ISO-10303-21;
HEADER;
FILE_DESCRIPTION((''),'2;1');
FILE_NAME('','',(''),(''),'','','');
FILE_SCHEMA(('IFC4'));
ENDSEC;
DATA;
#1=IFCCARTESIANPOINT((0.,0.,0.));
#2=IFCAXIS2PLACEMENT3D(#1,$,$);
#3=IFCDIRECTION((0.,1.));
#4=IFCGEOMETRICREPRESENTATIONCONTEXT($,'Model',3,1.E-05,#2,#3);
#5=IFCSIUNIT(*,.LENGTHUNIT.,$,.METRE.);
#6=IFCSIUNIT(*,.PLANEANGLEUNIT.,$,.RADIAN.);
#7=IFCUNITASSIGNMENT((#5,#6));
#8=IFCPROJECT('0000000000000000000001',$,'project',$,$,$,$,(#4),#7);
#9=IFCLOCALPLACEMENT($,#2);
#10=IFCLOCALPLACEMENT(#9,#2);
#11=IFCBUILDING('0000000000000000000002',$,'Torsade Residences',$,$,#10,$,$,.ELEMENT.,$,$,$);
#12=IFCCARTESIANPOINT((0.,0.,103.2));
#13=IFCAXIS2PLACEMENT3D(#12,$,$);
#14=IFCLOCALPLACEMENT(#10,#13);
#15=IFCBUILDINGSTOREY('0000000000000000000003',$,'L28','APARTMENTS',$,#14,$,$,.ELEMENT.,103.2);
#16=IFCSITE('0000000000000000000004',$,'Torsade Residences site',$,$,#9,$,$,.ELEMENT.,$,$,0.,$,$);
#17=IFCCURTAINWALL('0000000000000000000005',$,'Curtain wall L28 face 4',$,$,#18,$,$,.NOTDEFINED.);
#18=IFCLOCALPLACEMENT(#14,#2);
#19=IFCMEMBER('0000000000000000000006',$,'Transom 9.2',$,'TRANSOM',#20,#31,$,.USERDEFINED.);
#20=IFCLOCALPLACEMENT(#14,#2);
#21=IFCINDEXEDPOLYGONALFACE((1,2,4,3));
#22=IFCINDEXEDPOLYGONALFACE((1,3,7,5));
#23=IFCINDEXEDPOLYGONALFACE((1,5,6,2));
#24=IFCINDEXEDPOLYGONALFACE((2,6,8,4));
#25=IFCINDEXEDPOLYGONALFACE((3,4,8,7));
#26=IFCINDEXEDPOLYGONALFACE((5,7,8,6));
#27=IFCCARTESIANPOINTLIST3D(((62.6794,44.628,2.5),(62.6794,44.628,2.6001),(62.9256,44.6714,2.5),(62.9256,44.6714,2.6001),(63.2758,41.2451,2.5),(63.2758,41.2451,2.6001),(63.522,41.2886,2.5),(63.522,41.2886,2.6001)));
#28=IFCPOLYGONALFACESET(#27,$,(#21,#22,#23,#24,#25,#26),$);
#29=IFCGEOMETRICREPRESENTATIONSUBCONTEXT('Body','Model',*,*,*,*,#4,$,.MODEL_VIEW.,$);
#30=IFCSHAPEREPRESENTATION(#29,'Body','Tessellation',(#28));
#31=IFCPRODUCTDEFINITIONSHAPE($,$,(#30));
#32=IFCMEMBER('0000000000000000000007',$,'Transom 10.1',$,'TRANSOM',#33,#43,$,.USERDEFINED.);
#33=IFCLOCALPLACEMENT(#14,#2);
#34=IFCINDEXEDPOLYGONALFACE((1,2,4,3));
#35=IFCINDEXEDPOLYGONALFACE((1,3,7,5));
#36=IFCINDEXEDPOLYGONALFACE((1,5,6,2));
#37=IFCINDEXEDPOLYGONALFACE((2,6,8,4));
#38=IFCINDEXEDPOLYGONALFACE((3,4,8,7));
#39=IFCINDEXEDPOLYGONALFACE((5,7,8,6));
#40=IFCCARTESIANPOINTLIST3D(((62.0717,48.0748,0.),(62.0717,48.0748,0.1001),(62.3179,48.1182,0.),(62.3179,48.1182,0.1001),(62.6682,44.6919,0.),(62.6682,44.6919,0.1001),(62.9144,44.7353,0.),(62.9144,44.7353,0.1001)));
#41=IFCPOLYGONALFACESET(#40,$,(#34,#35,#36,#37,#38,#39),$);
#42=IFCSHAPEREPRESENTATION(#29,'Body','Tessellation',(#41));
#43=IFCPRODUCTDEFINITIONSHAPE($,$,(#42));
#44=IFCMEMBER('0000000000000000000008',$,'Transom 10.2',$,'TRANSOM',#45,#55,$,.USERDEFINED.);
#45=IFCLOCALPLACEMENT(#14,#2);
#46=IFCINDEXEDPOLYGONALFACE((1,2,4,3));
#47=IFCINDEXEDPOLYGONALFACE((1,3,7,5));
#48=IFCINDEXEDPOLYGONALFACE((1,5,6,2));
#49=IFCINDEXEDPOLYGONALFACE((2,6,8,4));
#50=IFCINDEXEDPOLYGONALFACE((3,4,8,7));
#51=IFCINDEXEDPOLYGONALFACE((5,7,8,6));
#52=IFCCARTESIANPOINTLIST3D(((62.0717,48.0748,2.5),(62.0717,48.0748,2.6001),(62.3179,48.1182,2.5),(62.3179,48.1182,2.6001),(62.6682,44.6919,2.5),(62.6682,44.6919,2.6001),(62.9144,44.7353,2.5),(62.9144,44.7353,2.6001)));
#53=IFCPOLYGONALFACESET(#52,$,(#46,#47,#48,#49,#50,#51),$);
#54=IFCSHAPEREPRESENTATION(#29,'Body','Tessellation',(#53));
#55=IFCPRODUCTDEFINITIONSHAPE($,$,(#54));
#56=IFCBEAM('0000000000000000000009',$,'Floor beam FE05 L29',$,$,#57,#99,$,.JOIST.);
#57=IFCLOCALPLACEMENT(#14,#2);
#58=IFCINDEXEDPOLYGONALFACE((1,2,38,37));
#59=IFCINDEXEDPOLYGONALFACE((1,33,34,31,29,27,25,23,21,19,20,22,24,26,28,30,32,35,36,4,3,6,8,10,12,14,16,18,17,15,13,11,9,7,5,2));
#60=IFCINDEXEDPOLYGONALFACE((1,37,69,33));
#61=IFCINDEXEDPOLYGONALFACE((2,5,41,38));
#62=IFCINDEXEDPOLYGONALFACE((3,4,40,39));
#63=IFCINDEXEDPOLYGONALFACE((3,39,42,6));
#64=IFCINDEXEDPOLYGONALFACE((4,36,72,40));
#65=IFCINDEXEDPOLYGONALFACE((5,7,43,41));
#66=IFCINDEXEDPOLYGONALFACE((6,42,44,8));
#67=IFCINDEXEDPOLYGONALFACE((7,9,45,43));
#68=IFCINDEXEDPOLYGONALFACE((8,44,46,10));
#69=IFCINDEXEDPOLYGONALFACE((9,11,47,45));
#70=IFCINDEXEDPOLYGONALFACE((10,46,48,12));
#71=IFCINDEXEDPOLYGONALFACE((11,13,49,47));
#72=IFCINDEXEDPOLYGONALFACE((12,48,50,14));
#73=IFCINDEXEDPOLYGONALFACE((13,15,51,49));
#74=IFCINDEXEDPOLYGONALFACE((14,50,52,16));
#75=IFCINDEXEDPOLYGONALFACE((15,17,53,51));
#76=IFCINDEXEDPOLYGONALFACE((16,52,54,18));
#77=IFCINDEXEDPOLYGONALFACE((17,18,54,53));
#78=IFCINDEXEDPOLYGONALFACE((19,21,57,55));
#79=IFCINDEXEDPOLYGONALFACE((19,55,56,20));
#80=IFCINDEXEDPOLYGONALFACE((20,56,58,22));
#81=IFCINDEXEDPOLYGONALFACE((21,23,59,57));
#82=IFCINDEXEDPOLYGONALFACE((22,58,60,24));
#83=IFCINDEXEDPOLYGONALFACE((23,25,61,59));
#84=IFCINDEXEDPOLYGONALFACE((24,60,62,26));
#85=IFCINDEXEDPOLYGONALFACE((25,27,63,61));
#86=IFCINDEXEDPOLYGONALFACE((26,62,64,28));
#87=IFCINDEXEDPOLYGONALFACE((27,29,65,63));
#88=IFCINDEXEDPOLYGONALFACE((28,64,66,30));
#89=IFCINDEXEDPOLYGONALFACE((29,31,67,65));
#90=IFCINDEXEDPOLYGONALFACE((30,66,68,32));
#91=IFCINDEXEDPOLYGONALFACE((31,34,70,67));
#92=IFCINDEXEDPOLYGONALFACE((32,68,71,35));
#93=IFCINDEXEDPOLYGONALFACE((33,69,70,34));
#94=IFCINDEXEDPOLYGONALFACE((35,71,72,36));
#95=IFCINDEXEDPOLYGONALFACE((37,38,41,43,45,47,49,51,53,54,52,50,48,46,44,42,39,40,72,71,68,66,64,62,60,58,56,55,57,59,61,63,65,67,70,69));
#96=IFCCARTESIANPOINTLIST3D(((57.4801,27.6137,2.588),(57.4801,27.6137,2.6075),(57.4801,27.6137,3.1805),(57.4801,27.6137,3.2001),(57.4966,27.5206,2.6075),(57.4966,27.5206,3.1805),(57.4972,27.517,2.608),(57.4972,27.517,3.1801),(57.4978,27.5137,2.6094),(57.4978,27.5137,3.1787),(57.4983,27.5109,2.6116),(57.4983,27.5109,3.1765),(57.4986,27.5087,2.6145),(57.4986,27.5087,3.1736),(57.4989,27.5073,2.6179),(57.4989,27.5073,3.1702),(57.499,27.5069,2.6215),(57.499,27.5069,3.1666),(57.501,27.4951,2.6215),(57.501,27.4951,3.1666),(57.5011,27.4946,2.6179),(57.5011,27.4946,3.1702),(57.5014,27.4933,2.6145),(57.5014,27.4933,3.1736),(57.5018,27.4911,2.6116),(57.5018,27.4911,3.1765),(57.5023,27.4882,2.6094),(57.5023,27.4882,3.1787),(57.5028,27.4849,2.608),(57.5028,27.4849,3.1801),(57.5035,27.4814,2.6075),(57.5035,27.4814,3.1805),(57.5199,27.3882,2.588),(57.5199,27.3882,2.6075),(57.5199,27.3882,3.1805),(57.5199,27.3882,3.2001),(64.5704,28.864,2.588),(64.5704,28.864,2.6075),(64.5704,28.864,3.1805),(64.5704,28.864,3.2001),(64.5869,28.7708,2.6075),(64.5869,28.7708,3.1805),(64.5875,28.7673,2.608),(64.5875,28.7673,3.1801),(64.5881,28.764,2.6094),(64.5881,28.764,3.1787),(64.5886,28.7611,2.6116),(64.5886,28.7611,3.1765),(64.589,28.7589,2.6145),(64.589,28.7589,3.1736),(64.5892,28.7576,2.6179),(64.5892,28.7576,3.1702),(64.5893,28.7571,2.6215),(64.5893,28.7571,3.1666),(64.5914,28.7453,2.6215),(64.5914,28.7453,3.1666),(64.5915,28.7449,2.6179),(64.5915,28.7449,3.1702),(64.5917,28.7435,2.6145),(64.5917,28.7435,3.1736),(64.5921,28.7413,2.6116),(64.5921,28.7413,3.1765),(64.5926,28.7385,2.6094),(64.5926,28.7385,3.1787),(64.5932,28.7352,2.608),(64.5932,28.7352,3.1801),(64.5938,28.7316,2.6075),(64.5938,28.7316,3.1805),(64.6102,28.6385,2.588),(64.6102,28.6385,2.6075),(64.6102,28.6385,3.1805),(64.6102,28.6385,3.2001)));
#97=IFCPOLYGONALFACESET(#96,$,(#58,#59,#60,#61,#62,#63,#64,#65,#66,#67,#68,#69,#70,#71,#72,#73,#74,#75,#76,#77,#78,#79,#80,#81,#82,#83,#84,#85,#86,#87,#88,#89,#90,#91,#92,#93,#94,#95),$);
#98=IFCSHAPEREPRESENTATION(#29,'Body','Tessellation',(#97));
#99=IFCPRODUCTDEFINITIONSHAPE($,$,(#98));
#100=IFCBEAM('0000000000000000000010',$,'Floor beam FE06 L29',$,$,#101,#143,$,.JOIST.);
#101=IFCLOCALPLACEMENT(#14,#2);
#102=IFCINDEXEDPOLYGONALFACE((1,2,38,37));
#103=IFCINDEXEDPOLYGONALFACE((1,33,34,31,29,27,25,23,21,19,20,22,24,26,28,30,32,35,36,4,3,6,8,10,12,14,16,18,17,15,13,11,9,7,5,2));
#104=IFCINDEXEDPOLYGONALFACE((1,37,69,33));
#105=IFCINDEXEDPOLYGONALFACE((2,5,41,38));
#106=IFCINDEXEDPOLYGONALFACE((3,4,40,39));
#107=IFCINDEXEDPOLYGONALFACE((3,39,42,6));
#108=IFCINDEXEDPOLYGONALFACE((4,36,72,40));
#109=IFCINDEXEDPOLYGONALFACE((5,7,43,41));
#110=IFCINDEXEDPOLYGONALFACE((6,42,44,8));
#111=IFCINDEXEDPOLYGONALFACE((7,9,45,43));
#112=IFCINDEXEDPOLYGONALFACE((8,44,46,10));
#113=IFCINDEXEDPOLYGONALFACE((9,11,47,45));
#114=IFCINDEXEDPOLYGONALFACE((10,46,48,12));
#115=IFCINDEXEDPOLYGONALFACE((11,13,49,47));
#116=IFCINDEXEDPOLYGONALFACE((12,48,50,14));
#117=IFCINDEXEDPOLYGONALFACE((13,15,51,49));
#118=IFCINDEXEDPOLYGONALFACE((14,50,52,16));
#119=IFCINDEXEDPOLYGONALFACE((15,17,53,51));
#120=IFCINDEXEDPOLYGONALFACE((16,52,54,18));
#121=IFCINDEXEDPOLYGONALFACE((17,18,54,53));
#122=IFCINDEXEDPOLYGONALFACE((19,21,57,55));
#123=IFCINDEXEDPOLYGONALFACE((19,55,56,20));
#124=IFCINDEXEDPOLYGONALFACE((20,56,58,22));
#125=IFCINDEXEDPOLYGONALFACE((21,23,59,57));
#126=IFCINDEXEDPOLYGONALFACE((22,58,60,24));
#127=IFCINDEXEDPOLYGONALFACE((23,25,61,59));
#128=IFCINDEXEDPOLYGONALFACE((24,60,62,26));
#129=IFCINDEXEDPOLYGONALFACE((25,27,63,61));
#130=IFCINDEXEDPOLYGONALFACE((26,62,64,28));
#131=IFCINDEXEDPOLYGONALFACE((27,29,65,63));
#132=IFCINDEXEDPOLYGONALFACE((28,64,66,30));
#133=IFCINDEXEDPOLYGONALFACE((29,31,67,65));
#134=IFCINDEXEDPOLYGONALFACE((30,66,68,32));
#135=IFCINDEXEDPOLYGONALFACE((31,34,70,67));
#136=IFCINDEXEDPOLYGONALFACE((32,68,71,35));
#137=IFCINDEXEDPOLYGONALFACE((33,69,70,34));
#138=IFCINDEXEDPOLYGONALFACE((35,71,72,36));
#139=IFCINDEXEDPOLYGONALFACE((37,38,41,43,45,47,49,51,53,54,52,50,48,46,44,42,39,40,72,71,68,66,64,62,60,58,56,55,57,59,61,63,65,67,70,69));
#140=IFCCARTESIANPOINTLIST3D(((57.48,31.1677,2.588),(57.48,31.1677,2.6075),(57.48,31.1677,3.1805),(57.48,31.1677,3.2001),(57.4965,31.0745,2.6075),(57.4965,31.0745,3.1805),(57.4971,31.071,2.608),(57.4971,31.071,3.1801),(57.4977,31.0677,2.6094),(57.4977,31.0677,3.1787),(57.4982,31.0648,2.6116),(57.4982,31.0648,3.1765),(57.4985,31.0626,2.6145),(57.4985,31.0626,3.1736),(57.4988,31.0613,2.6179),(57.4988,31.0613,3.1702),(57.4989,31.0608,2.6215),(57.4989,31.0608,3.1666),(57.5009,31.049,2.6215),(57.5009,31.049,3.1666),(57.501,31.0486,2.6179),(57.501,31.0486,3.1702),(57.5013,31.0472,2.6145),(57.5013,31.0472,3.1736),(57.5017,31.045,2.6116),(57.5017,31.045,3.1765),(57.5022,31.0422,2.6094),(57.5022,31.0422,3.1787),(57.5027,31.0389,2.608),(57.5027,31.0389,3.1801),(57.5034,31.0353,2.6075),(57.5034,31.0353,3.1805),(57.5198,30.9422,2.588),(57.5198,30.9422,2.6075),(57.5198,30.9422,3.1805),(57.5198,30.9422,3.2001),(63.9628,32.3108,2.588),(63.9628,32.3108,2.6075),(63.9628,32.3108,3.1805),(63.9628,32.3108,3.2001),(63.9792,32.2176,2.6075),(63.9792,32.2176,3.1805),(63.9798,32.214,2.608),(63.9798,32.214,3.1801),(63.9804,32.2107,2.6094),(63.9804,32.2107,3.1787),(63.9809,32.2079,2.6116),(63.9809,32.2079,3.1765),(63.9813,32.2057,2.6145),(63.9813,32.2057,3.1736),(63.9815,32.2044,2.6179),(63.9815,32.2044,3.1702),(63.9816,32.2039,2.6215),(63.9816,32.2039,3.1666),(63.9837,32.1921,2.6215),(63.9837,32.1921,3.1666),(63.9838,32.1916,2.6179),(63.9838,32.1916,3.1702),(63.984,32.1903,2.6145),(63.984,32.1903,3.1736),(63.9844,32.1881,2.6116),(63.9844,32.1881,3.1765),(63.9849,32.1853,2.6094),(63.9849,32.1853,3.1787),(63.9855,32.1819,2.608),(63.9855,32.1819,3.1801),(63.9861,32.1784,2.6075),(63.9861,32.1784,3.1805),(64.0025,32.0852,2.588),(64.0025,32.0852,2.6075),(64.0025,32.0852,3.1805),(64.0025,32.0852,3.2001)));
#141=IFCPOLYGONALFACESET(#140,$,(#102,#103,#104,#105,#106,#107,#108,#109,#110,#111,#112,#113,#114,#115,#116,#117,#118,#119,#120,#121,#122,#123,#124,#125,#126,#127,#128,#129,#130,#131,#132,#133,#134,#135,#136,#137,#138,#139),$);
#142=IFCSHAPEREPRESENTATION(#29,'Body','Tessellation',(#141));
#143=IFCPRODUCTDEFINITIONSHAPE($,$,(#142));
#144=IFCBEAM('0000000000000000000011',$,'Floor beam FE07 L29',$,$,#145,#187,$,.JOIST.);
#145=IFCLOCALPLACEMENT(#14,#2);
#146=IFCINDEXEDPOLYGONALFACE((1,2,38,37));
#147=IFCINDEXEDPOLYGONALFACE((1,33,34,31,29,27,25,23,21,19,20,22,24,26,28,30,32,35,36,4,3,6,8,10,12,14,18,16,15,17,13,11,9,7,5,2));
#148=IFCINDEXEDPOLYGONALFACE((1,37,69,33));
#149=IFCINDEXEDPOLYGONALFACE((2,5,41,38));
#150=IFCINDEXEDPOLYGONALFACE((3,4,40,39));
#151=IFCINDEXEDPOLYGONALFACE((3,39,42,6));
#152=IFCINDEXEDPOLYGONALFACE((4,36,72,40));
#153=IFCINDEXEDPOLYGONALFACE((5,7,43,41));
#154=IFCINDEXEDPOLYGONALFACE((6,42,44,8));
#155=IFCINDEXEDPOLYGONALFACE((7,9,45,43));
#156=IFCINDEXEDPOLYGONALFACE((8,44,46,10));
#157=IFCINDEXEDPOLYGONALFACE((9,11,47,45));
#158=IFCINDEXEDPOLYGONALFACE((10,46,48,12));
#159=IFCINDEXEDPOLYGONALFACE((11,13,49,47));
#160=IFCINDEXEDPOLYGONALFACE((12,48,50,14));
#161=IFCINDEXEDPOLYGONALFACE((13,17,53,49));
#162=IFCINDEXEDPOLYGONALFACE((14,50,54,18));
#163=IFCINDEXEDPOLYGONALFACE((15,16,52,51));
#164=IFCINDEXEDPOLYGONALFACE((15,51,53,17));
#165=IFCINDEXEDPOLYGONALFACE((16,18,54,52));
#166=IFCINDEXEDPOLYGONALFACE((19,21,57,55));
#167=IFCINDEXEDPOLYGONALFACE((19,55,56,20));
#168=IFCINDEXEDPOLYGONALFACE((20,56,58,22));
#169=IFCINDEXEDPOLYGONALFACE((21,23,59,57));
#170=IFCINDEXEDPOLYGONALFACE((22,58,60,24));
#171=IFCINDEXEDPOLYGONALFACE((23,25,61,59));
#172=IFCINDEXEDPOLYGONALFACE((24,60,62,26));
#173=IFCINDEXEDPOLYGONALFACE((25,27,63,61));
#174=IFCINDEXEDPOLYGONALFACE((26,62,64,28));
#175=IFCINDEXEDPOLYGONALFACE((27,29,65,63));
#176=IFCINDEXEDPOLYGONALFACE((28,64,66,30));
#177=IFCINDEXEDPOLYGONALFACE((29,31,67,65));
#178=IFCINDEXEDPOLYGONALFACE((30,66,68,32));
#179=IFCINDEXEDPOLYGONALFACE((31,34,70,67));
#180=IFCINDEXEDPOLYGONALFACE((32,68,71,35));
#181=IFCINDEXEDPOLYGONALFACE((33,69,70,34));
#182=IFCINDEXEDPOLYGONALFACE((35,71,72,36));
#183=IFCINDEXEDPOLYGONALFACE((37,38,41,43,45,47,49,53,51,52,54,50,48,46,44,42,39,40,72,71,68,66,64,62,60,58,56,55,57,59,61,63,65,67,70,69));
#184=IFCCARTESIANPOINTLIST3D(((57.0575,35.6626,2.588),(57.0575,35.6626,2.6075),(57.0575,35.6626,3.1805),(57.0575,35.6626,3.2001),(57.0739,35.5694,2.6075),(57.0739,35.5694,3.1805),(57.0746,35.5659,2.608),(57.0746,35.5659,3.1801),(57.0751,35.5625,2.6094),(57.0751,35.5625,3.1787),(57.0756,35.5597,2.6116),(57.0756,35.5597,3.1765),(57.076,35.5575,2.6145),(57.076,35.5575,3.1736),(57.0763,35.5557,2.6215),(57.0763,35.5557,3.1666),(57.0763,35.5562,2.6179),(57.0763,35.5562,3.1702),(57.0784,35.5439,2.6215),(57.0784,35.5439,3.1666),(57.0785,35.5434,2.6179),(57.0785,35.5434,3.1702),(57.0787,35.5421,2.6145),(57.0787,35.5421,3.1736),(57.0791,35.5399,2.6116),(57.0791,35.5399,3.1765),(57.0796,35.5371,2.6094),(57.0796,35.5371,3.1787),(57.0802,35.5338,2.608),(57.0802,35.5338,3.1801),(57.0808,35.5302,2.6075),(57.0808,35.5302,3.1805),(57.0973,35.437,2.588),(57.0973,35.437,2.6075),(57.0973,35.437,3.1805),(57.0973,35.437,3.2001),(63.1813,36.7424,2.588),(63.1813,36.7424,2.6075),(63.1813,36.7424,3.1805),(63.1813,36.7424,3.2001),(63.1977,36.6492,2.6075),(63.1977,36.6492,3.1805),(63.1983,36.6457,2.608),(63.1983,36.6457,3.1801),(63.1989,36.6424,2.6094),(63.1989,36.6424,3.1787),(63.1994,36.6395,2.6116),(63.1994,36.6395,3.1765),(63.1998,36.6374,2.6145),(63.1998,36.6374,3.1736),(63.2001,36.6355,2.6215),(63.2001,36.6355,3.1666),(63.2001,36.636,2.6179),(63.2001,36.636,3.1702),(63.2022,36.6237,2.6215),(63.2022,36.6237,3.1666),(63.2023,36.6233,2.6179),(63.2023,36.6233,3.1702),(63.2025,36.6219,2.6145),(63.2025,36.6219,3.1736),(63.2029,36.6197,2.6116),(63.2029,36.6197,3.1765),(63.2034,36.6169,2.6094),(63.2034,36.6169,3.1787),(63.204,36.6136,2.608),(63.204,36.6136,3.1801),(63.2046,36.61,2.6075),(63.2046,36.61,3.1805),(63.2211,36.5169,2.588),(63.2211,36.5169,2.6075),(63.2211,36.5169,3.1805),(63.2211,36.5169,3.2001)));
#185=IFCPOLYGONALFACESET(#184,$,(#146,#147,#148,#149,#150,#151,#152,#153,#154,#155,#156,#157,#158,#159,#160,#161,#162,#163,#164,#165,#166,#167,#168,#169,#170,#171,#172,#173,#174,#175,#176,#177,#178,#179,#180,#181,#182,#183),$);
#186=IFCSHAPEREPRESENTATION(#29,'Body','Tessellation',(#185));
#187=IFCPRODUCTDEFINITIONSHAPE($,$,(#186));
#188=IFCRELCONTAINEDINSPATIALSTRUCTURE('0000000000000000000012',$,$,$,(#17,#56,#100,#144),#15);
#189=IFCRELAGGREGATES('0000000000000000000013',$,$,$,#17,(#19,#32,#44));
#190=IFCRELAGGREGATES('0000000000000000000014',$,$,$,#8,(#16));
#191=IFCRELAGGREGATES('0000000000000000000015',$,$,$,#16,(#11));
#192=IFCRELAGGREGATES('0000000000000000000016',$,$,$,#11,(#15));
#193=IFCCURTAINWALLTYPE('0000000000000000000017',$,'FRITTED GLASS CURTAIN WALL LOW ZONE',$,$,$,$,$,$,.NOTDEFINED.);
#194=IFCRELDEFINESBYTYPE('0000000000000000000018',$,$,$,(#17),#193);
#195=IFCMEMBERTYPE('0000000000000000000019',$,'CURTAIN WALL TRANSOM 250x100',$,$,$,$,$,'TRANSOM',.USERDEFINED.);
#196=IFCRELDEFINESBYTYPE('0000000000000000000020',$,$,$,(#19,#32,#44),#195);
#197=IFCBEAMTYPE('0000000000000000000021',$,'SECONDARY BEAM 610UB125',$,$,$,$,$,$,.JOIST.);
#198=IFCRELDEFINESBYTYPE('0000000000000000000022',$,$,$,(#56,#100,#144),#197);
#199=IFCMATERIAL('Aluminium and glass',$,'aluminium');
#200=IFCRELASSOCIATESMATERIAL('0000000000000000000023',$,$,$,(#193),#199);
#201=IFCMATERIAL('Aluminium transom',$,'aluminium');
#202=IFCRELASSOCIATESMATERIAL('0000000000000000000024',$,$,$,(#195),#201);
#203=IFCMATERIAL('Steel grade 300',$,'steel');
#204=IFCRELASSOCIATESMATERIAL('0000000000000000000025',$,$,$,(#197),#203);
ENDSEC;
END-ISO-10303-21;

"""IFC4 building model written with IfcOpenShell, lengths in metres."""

from ifc_helpers import new_model, si_unit, direction, frame, origin, origin_2d, place, context, subcontext, project, spatial, rectangle, i_section, extrude, material, material_profile, profile_set, type_object, element, aggregate, save


model = new_model("IFC4")

# Units and contexts
model_context = context("Model", 3, precision=1e-05, world=origin(), true_north=direction((0.0, 1.0)))
body_context = subcontext(model_context, "Body", "Model", "MODEL_VIEW")
ifc_project = project(units=[si_unit("LENGTHUNIT", "METRE"), si_unit("PLANEANGLEUNIT", "RADIAN")], contexts=[model_context])

# Site, building, storey
site_placement = place(None, origin())
site = spatial("IfcSite", under=ifc_project, at=site_placement, Name="Torsade Residences site", CompositionType="ELEMENT", RefElevation=0.0)
building_placement = place(site_placement, origin())
building = spatial("IfcBuilding", under=site, at=building_placement, Name="Torsade Residences", CompositionType="ELEMENT")
storey_placement = place(building_placement, frame((0.0, 0.0, 103.2)))
storey = spatial("IfcBuildingStorey", under=building, at=storey_placement, Name="L28", Description="APARTMENTS", CompositionType="ELEMENT", Elevation=103.2)

# Curtain wall, members
ifc_material_1 = material(Name="Aluminium and glass", Category="aluminium")
curtain_wall_type = type_object("IfcCurtainWallType", Name="FRITTED GLASS CURTAIN WALL LOW ZONE", PredefinedType="NOTDEFINED", material=ifc_material_1)
curtain_wall_placement = place(storey_placement, origin())
curtain_wall = element("IfcCurtainWall", 1, at=curtain_wall_placement, inside=storey, type_object=curtain_wall_type, Name="Curtain wall L28 face 4", PredefinedType="NOTDEFINED")
ifc_material_2 = material(Name="Aluminium transom", Category="aluminium")
ifc_material_profile_1 = material_profile(ifc_material_2, rectangle(XDim=0.25, YDim=0.1001, at=origin_2d()), Name="CURTAIN WALL TRANSOM 250x100")
ifc_profile_set_1 = profile_set([ifc_material_profile_1], Name="Aluminium transom")
member_type_1 = type_object("IfcMemberType", Name="CURTAIN WALL TRANSOM 250x100", ElementType="TRANSOM", PredefinedType="USERDEFINED", material=ifc_profile_set_1)
member_1_placement = place(storey_placement, frame((63.3989, 41.2668, 2.55), z_axis=(-0.173635, 0.98481, 0.0), x_axis=(-0.98481, -0.173635, 0.0)))
member_1 = element("IfcMember", 2, at=member_1_placement, type_object=member_type_1, Name="Transom 9.2", ObjectType="TRANSOM", PredefinedType="USERDEFINED", context=body_context, shape_type="SweptSolid", body=[
    extrude(rectangle(XDim=0.25, YDim=0.1001, at=origin_2d()), origin(), (0.0, 0.0, 1.0), 3.4351),
])
member_2_placement = place(storey_placement, frame((62.7913, 44.7136, 0.05), z_axis=(-0.173635, 0.98481, 0.0), x_axis=(-0.98481, -0.173635, 0.0)))
member_2 = element("IfcMember", 3, at=member_2_placement, type_object=member_type_1, Name="Transom 10.1", ObjectType="TRANSOM", PredefinedType="USERDEFINED", context=body_context, shape_type="SweptSolid", body=[
    extrude(rectangle(XDim=0.25, YDim=0.1001, at=origin_2d()), origin(), (0.0, 0.0, 1.0), 3.4351),
])
member_3_placement = place(storey_placement, frame((62.7913, 44.7136, 2.55), z_axis=(-0.173635, 0.98481, 0.0), x_axis=(-0.98481, -0.173635, 0.0)))
member_3 = element("IfcMember", 4, at=member_3_placement, type_object=member_type_1, Name="Transom 10.2", ObjectType="TRANSOM", PredefinedType="USERDEFINED", context=body_context, shape_type="SweptSolid", body=[
    extrude(rectangle(XDim=0.25, YDim=0.1001, at=origin_2d()), origin(), (0.0, 0.0, 1.0), 3.4351),
])

# Beams
ifc_material_3 = material(Name="Steel grade 300", Category="steel")
ifc_material_profile_2 = material_profile(ifc_material_3, i_section(OverallWidth=0.229, OverallDepth=0.6121, WebThickness=0.012, FlangeThickness=0.0195, FilletRadius=0.0139, at=origin_2d()), Name="610UB125")
ifc_profile_set_2 = profile_set([ifc_material_profile_2], Name="Steel grade 300")
beam_type_1 = type_object("IfcBeamType", Name="SECONDARY BEAM 610UB125", PredefinedType="JOIST", material=ifc_profile_set_2)
beam_1_placement = place(storey_placement, frame((64.5903, 28.7512, 2.894), z_axis=(-0.984807, -0.173652, 0.0), x_axis=(0.173652, -0.984807, 0.0)))
element("IfcBeam", 5, at=beam_1_placement, inside=storey, type_object=beam_type_1, Name="Floor beam FE05 L29", PredefinedType="JOIST", context=body_context, shape_type="SweptSolid", body=[
    extrude(i_section(OverallWidth=0.229, OverallDepth=0.6121, WebThickness=0.012, FlangeThickness=0.0195, FilletRadius=0.0139, at=origin_2d()), origin(), (0.0, 0.0, 1.0), 7.1997),
])
beam_2_placement = place(storey_placement, frame((63.9827, 32.198, 2.894), z_axis=(-0.984808, -0.173648, 0.0), x_axis=(0.173648, -0.984808, 0.0)))
element("IfcBeam", 6, at=beam_2_placement, inside=storey, type_object=beam_type_1, Name="Floor beam FE06 L29", PredefinedType="JOIST", context=body_context, shape_type="SweptSolid", body=[
    extrude(i_section(OverallWidth=0.229, OverallDepth=0.6121, WebThickness=0.012, FlangeThickness=0.0195, FilletRadius=0.0139, at=origin_2d()), origin(), (0.0, 0.0, 1.0), 6.5828),
])
beam_3_placement = place(storey_placement, frame((63.2012, 36.6296, 2.894), z_axis=(-0.984806, -0.173655, 0.0), x_axis=(0.173655, -0.984806, 0.0)))
element("IfcBeam", 7, at=beam_3_placement, inside=storey, type_object=beam_type_1, Name="Floor beam FE07 L29", PredefinedType="JOIST", context=body_context, shape_type="SweptSolid", body=[
    extrude(i_section(OverallWidth=0.229, OverallDepth=0.6121, WebThickness=0.012, FlangeThickness=0.0195, FilletRadius=0.0139, at=origin_2d()), origin(), (0.0, 0.0, 1.0), 6.2183),
])

aggregate(curtain_wall, [member_1, member_2, member_3])

save(model, "model.ifc")
